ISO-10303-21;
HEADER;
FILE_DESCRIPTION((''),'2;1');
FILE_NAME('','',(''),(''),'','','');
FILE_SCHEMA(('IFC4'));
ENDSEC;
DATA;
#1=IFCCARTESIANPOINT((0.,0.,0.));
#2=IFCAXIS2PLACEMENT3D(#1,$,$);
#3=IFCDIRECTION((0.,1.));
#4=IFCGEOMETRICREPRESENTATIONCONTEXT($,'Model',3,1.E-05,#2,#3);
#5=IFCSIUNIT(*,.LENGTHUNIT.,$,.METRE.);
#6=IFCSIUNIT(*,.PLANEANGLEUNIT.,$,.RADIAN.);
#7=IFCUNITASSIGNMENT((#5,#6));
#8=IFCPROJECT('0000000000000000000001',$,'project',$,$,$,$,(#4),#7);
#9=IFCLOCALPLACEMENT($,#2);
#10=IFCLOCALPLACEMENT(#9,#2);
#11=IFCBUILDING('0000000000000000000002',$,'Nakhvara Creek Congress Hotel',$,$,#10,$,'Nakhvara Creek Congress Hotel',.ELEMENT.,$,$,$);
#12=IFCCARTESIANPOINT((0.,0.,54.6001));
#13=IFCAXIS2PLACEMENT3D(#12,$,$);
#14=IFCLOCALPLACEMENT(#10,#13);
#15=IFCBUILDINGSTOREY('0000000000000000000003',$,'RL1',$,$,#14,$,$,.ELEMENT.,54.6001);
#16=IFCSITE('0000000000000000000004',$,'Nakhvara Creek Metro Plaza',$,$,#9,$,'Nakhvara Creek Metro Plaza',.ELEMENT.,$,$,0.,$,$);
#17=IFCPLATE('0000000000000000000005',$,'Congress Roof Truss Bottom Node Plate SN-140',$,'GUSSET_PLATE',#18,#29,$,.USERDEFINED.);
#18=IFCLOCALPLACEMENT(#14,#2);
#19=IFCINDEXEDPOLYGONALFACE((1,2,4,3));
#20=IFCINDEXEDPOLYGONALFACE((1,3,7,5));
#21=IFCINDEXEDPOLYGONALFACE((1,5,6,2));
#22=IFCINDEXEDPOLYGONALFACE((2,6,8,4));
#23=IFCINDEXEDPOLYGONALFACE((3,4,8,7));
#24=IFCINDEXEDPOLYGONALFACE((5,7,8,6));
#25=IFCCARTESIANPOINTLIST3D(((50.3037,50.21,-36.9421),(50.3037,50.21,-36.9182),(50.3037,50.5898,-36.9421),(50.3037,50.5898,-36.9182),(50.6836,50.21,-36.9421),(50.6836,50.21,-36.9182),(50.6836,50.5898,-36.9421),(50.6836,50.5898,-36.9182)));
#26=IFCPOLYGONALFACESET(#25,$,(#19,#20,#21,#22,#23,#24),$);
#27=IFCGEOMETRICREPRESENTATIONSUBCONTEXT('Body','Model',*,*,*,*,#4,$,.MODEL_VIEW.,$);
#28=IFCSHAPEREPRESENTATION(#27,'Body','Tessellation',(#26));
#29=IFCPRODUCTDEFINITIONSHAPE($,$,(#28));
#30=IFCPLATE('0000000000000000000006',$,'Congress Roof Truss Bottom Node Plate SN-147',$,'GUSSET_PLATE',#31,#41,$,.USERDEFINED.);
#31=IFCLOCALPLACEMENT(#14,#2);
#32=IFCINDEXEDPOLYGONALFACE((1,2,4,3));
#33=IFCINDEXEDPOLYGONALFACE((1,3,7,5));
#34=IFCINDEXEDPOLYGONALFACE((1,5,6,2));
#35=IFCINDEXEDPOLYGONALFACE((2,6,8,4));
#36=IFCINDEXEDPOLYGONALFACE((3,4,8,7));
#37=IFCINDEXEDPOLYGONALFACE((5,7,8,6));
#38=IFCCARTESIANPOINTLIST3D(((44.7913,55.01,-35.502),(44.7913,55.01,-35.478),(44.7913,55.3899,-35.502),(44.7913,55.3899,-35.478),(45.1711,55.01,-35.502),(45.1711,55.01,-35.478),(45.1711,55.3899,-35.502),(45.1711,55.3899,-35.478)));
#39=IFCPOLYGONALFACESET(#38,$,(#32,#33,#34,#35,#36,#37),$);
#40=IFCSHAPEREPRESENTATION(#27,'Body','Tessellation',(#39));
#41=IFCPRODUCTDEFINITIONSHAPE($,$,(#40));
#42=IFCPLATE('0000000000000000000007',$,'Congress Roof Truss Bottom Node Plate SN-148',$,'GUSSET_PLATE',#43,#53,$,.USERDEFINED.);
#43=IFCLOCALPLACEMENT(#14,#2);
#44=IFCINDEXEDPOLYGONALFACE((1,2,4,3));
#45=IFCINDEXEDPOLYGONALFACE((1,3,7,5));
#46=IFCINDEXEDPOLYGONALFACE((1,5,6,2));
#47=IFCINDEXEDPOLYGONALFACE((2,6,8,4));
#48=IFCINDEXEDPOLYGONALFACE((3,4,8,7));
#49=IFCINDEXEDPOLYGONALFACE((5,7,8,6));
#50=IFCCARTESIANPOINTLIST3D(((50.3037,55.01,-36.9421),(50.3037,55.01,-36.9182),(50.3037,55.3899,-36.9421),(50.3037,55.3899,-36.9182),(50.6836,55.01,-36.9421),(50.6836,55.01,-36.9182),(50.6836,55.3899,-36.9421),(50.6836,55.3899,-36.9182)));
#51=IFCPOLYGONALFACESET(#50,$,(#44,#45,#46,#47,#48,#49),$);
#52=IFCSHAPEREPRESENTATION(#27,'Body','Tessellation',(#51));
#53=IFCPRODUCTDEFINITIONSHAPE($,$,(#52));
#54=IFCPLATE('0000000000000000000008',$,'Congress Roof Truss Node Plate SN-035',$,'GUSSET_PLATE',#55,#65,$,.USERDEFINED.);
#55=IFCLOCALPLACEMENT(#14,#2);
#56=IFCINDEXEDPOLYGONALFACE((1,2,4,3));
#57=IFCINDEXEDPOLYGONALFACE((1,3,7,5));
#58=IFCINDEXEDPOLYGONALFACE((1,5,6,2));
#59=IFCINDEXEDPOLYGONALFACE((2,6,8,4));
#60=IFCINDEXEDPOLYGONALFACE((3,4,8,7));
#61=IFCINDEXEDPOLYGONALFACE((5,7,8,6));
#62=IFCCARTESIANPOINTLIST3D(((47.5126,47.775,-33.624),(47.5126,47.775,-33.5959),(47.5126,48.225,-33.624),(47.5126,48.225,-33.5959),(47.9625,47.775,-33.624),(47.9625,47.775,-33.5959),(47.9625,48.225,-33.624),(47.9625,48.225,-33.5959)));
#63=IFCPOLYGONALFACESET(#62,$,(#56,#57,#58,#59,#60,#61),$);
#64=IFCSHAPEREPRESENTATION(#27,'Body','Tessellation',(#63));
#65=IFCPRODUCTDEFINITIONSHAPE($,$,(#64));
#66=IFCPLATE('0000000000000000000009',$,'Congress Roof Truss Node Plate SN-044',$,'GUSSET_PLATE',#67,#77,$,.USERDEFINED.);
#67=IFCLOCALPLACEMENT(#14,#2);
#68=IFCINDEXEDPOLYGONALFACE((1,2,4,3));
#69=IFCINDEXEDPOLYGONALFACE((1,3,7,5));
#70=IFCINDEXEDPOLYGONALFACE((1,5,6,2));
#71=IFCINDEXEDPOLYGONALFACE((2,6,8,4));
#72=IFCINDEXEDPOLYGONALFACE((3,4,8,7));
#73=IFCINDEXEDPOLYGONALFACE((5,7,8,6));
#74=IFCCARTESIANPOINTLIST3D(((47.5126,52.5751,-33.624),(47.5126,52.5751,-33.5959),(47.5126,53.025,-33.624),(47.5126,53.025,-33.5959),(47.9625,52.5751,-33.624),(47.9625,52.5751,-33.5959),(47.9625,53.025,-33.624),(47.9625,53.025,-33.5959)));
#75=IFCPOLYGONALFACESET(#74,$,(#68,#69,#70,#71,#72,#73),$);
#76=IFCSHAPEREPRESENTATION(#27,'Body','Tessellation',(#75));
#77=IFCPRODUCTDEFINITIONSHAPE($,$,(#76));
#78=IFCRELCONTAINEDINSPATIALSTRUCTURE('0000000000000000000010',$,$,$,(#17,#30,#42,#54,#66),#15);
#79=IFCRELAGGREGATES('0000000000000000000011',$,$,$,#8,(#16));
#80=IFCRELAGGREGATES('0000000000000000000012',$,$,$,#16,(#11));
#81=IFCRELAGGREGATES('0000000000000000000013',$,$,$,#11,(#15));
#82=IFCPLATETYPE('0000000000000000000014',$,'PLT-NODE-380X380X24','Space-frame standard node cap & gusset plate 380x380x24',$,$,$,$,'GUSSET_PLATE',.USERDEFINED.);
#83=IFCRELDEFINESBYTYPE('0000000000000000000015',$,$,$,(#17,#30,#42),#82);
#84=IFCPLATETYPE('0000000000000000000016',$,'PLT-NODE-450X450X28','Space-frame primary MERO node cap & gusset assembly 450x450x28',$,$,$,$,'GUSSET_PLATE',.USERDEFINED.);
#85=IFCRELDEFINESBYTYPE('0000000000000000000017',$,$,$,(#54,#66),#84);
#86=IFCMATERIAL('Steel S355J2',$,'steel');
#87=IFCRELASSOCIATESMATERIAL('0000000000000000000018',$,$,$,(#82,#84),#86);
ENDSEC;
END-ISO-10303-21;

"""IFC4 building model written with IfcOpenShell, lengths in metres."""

from ifc_helpers import new_model, si_unit, direction, frame, origin, origin_2d, place, context, subcontext, project, spatial, rectangle, extrude, material, type_object, element, save


model = new_model("IFC4")

# Units and contexts
model_context = context("Model", 3, precision=1e-05, world=origin(), true_north=direction((0.0, 1.0)))
body_context = subcontext(model_context, "Body", "Model", "MODEL_VIEW")
ifc_project = project(units=[si_unit("LENGTHUNIT", "METRE"), si_unit("PLANEANGLEUNIT", "RADIAN")], contexts=[model_context])

# Site, building, storey
site_placement = place(None, origin())
site = spatial("IfcSite", under=ifc_project, at=site_placement, Name="Nakhvara Creek Metro Plaza", LongName="Nakhvara Creek Metro Plaza", CompositionType="ELEMENT", RefElevation=0.0)
building_placement = place(site_placement, origin())
building = spatial("IfcBuilding", under=site, at=building_placement, Name="Nakhvara Creek Congress Hotel", LongName="Nakhvara Creek Congress Hotel", CompositionType="ELEMENT")
storey_placement = place(building_placement, frame((0.0, 0.0, 54.6001)))
storey = spatial("IfcBuildingStorey", under=building, at=storey_placement, Name="RL1", CompositionType="ELEMENT", Elevation=54.6001)

# Plates
ifc_material_1 = material(Name="Steel S355J2", Category="steel")
plate_type_1 = type_object("IfcPlateType", Name="PLT-NODE-380X380X24", Description="Space-frame standard node cap & gusset plate 380x380x24", ElementType="GUSSET_PLATE", PredefinedType="USERDEFINED", material=ifc_material_1)
for number, where, z_axis, x_axis, name in (
    (1, (50.4937, 50.3999, -36.9421), (0.0, 0.0, 1.0), (1.0, 0.0, 0.0), "Congress Roof Truss Bottom Node Plate SN-140"),
    (2, (44.9812, 55.2, -35.502), (0.0, 0.0, 1.0), (1.0, 0.0, 0.0), "Congress Roof Truss Bottom Node Plate SN-147"),
    (3, (50.4937, 55.2, -36.9421), (0.0, 0.0, 1.0), (1.0, 0.0, 0.0), "Congress Roof Truss Bottom Node Plate SN-148"),
):
    element("IfcPlate", number, at=place(storey_placement, frame(where, z_axis=z_axis, x_axis=x_axis)), inside=storey, type_object=plate_type_1, Name=name, ObjectType="GUSSET_PLATE", PredefinedType="USERDEFINED", context=body_context, shape_type="SweptSolid", body=[
        extrude(rectangle(XDim=0.3799, YDim=0.3799, at=origin_2d()), origin(), (0.0, 0.0, 1.0), 0.0239),
    ])
plate_type_2 = type_object("IfcPlateType", Name="PLT-NODE-450X450X28", Description="Space-frame primary MERO node cap & gusset assembly 450x450x28", ElementType="GUSSET_PLATE", PredefinedType="USERDEFINED", material=ifc_material_1)
for number, where, z_axis, x_axis, name in (
    (4, (47.7375, 48.0, -33.624), (0.0, 0.0, 1.0), (1.0, 0.0, 0.0), "Congress Roof Truss Node Plate SN-035"),
    (5, (47.7375, 52.8, -33.624), (0.0, 0.0, 1.0), (1.0, 0.0, 0.0), "Congress Roof Truss Node Plate SN-044"),
):
    element("IfcPlate", number, at=place(storey_placement, frame(where, z_axis=z_axis, x_axis=x_axis)), inside=storey, type_object=plate_type_2, Name=name, ObjectType="GUSSET_PLATE", PredefinedType="USERDEFINED", context=body_context, shape_type="SweptSolid", body=[
        extrude(rectangle(XDim=0.45, YDim=0.45, at=origin_2d()), origin(), (0.0, 0.0, 1.0), 0.0281),
    ])

save(model, "model.ifc")
